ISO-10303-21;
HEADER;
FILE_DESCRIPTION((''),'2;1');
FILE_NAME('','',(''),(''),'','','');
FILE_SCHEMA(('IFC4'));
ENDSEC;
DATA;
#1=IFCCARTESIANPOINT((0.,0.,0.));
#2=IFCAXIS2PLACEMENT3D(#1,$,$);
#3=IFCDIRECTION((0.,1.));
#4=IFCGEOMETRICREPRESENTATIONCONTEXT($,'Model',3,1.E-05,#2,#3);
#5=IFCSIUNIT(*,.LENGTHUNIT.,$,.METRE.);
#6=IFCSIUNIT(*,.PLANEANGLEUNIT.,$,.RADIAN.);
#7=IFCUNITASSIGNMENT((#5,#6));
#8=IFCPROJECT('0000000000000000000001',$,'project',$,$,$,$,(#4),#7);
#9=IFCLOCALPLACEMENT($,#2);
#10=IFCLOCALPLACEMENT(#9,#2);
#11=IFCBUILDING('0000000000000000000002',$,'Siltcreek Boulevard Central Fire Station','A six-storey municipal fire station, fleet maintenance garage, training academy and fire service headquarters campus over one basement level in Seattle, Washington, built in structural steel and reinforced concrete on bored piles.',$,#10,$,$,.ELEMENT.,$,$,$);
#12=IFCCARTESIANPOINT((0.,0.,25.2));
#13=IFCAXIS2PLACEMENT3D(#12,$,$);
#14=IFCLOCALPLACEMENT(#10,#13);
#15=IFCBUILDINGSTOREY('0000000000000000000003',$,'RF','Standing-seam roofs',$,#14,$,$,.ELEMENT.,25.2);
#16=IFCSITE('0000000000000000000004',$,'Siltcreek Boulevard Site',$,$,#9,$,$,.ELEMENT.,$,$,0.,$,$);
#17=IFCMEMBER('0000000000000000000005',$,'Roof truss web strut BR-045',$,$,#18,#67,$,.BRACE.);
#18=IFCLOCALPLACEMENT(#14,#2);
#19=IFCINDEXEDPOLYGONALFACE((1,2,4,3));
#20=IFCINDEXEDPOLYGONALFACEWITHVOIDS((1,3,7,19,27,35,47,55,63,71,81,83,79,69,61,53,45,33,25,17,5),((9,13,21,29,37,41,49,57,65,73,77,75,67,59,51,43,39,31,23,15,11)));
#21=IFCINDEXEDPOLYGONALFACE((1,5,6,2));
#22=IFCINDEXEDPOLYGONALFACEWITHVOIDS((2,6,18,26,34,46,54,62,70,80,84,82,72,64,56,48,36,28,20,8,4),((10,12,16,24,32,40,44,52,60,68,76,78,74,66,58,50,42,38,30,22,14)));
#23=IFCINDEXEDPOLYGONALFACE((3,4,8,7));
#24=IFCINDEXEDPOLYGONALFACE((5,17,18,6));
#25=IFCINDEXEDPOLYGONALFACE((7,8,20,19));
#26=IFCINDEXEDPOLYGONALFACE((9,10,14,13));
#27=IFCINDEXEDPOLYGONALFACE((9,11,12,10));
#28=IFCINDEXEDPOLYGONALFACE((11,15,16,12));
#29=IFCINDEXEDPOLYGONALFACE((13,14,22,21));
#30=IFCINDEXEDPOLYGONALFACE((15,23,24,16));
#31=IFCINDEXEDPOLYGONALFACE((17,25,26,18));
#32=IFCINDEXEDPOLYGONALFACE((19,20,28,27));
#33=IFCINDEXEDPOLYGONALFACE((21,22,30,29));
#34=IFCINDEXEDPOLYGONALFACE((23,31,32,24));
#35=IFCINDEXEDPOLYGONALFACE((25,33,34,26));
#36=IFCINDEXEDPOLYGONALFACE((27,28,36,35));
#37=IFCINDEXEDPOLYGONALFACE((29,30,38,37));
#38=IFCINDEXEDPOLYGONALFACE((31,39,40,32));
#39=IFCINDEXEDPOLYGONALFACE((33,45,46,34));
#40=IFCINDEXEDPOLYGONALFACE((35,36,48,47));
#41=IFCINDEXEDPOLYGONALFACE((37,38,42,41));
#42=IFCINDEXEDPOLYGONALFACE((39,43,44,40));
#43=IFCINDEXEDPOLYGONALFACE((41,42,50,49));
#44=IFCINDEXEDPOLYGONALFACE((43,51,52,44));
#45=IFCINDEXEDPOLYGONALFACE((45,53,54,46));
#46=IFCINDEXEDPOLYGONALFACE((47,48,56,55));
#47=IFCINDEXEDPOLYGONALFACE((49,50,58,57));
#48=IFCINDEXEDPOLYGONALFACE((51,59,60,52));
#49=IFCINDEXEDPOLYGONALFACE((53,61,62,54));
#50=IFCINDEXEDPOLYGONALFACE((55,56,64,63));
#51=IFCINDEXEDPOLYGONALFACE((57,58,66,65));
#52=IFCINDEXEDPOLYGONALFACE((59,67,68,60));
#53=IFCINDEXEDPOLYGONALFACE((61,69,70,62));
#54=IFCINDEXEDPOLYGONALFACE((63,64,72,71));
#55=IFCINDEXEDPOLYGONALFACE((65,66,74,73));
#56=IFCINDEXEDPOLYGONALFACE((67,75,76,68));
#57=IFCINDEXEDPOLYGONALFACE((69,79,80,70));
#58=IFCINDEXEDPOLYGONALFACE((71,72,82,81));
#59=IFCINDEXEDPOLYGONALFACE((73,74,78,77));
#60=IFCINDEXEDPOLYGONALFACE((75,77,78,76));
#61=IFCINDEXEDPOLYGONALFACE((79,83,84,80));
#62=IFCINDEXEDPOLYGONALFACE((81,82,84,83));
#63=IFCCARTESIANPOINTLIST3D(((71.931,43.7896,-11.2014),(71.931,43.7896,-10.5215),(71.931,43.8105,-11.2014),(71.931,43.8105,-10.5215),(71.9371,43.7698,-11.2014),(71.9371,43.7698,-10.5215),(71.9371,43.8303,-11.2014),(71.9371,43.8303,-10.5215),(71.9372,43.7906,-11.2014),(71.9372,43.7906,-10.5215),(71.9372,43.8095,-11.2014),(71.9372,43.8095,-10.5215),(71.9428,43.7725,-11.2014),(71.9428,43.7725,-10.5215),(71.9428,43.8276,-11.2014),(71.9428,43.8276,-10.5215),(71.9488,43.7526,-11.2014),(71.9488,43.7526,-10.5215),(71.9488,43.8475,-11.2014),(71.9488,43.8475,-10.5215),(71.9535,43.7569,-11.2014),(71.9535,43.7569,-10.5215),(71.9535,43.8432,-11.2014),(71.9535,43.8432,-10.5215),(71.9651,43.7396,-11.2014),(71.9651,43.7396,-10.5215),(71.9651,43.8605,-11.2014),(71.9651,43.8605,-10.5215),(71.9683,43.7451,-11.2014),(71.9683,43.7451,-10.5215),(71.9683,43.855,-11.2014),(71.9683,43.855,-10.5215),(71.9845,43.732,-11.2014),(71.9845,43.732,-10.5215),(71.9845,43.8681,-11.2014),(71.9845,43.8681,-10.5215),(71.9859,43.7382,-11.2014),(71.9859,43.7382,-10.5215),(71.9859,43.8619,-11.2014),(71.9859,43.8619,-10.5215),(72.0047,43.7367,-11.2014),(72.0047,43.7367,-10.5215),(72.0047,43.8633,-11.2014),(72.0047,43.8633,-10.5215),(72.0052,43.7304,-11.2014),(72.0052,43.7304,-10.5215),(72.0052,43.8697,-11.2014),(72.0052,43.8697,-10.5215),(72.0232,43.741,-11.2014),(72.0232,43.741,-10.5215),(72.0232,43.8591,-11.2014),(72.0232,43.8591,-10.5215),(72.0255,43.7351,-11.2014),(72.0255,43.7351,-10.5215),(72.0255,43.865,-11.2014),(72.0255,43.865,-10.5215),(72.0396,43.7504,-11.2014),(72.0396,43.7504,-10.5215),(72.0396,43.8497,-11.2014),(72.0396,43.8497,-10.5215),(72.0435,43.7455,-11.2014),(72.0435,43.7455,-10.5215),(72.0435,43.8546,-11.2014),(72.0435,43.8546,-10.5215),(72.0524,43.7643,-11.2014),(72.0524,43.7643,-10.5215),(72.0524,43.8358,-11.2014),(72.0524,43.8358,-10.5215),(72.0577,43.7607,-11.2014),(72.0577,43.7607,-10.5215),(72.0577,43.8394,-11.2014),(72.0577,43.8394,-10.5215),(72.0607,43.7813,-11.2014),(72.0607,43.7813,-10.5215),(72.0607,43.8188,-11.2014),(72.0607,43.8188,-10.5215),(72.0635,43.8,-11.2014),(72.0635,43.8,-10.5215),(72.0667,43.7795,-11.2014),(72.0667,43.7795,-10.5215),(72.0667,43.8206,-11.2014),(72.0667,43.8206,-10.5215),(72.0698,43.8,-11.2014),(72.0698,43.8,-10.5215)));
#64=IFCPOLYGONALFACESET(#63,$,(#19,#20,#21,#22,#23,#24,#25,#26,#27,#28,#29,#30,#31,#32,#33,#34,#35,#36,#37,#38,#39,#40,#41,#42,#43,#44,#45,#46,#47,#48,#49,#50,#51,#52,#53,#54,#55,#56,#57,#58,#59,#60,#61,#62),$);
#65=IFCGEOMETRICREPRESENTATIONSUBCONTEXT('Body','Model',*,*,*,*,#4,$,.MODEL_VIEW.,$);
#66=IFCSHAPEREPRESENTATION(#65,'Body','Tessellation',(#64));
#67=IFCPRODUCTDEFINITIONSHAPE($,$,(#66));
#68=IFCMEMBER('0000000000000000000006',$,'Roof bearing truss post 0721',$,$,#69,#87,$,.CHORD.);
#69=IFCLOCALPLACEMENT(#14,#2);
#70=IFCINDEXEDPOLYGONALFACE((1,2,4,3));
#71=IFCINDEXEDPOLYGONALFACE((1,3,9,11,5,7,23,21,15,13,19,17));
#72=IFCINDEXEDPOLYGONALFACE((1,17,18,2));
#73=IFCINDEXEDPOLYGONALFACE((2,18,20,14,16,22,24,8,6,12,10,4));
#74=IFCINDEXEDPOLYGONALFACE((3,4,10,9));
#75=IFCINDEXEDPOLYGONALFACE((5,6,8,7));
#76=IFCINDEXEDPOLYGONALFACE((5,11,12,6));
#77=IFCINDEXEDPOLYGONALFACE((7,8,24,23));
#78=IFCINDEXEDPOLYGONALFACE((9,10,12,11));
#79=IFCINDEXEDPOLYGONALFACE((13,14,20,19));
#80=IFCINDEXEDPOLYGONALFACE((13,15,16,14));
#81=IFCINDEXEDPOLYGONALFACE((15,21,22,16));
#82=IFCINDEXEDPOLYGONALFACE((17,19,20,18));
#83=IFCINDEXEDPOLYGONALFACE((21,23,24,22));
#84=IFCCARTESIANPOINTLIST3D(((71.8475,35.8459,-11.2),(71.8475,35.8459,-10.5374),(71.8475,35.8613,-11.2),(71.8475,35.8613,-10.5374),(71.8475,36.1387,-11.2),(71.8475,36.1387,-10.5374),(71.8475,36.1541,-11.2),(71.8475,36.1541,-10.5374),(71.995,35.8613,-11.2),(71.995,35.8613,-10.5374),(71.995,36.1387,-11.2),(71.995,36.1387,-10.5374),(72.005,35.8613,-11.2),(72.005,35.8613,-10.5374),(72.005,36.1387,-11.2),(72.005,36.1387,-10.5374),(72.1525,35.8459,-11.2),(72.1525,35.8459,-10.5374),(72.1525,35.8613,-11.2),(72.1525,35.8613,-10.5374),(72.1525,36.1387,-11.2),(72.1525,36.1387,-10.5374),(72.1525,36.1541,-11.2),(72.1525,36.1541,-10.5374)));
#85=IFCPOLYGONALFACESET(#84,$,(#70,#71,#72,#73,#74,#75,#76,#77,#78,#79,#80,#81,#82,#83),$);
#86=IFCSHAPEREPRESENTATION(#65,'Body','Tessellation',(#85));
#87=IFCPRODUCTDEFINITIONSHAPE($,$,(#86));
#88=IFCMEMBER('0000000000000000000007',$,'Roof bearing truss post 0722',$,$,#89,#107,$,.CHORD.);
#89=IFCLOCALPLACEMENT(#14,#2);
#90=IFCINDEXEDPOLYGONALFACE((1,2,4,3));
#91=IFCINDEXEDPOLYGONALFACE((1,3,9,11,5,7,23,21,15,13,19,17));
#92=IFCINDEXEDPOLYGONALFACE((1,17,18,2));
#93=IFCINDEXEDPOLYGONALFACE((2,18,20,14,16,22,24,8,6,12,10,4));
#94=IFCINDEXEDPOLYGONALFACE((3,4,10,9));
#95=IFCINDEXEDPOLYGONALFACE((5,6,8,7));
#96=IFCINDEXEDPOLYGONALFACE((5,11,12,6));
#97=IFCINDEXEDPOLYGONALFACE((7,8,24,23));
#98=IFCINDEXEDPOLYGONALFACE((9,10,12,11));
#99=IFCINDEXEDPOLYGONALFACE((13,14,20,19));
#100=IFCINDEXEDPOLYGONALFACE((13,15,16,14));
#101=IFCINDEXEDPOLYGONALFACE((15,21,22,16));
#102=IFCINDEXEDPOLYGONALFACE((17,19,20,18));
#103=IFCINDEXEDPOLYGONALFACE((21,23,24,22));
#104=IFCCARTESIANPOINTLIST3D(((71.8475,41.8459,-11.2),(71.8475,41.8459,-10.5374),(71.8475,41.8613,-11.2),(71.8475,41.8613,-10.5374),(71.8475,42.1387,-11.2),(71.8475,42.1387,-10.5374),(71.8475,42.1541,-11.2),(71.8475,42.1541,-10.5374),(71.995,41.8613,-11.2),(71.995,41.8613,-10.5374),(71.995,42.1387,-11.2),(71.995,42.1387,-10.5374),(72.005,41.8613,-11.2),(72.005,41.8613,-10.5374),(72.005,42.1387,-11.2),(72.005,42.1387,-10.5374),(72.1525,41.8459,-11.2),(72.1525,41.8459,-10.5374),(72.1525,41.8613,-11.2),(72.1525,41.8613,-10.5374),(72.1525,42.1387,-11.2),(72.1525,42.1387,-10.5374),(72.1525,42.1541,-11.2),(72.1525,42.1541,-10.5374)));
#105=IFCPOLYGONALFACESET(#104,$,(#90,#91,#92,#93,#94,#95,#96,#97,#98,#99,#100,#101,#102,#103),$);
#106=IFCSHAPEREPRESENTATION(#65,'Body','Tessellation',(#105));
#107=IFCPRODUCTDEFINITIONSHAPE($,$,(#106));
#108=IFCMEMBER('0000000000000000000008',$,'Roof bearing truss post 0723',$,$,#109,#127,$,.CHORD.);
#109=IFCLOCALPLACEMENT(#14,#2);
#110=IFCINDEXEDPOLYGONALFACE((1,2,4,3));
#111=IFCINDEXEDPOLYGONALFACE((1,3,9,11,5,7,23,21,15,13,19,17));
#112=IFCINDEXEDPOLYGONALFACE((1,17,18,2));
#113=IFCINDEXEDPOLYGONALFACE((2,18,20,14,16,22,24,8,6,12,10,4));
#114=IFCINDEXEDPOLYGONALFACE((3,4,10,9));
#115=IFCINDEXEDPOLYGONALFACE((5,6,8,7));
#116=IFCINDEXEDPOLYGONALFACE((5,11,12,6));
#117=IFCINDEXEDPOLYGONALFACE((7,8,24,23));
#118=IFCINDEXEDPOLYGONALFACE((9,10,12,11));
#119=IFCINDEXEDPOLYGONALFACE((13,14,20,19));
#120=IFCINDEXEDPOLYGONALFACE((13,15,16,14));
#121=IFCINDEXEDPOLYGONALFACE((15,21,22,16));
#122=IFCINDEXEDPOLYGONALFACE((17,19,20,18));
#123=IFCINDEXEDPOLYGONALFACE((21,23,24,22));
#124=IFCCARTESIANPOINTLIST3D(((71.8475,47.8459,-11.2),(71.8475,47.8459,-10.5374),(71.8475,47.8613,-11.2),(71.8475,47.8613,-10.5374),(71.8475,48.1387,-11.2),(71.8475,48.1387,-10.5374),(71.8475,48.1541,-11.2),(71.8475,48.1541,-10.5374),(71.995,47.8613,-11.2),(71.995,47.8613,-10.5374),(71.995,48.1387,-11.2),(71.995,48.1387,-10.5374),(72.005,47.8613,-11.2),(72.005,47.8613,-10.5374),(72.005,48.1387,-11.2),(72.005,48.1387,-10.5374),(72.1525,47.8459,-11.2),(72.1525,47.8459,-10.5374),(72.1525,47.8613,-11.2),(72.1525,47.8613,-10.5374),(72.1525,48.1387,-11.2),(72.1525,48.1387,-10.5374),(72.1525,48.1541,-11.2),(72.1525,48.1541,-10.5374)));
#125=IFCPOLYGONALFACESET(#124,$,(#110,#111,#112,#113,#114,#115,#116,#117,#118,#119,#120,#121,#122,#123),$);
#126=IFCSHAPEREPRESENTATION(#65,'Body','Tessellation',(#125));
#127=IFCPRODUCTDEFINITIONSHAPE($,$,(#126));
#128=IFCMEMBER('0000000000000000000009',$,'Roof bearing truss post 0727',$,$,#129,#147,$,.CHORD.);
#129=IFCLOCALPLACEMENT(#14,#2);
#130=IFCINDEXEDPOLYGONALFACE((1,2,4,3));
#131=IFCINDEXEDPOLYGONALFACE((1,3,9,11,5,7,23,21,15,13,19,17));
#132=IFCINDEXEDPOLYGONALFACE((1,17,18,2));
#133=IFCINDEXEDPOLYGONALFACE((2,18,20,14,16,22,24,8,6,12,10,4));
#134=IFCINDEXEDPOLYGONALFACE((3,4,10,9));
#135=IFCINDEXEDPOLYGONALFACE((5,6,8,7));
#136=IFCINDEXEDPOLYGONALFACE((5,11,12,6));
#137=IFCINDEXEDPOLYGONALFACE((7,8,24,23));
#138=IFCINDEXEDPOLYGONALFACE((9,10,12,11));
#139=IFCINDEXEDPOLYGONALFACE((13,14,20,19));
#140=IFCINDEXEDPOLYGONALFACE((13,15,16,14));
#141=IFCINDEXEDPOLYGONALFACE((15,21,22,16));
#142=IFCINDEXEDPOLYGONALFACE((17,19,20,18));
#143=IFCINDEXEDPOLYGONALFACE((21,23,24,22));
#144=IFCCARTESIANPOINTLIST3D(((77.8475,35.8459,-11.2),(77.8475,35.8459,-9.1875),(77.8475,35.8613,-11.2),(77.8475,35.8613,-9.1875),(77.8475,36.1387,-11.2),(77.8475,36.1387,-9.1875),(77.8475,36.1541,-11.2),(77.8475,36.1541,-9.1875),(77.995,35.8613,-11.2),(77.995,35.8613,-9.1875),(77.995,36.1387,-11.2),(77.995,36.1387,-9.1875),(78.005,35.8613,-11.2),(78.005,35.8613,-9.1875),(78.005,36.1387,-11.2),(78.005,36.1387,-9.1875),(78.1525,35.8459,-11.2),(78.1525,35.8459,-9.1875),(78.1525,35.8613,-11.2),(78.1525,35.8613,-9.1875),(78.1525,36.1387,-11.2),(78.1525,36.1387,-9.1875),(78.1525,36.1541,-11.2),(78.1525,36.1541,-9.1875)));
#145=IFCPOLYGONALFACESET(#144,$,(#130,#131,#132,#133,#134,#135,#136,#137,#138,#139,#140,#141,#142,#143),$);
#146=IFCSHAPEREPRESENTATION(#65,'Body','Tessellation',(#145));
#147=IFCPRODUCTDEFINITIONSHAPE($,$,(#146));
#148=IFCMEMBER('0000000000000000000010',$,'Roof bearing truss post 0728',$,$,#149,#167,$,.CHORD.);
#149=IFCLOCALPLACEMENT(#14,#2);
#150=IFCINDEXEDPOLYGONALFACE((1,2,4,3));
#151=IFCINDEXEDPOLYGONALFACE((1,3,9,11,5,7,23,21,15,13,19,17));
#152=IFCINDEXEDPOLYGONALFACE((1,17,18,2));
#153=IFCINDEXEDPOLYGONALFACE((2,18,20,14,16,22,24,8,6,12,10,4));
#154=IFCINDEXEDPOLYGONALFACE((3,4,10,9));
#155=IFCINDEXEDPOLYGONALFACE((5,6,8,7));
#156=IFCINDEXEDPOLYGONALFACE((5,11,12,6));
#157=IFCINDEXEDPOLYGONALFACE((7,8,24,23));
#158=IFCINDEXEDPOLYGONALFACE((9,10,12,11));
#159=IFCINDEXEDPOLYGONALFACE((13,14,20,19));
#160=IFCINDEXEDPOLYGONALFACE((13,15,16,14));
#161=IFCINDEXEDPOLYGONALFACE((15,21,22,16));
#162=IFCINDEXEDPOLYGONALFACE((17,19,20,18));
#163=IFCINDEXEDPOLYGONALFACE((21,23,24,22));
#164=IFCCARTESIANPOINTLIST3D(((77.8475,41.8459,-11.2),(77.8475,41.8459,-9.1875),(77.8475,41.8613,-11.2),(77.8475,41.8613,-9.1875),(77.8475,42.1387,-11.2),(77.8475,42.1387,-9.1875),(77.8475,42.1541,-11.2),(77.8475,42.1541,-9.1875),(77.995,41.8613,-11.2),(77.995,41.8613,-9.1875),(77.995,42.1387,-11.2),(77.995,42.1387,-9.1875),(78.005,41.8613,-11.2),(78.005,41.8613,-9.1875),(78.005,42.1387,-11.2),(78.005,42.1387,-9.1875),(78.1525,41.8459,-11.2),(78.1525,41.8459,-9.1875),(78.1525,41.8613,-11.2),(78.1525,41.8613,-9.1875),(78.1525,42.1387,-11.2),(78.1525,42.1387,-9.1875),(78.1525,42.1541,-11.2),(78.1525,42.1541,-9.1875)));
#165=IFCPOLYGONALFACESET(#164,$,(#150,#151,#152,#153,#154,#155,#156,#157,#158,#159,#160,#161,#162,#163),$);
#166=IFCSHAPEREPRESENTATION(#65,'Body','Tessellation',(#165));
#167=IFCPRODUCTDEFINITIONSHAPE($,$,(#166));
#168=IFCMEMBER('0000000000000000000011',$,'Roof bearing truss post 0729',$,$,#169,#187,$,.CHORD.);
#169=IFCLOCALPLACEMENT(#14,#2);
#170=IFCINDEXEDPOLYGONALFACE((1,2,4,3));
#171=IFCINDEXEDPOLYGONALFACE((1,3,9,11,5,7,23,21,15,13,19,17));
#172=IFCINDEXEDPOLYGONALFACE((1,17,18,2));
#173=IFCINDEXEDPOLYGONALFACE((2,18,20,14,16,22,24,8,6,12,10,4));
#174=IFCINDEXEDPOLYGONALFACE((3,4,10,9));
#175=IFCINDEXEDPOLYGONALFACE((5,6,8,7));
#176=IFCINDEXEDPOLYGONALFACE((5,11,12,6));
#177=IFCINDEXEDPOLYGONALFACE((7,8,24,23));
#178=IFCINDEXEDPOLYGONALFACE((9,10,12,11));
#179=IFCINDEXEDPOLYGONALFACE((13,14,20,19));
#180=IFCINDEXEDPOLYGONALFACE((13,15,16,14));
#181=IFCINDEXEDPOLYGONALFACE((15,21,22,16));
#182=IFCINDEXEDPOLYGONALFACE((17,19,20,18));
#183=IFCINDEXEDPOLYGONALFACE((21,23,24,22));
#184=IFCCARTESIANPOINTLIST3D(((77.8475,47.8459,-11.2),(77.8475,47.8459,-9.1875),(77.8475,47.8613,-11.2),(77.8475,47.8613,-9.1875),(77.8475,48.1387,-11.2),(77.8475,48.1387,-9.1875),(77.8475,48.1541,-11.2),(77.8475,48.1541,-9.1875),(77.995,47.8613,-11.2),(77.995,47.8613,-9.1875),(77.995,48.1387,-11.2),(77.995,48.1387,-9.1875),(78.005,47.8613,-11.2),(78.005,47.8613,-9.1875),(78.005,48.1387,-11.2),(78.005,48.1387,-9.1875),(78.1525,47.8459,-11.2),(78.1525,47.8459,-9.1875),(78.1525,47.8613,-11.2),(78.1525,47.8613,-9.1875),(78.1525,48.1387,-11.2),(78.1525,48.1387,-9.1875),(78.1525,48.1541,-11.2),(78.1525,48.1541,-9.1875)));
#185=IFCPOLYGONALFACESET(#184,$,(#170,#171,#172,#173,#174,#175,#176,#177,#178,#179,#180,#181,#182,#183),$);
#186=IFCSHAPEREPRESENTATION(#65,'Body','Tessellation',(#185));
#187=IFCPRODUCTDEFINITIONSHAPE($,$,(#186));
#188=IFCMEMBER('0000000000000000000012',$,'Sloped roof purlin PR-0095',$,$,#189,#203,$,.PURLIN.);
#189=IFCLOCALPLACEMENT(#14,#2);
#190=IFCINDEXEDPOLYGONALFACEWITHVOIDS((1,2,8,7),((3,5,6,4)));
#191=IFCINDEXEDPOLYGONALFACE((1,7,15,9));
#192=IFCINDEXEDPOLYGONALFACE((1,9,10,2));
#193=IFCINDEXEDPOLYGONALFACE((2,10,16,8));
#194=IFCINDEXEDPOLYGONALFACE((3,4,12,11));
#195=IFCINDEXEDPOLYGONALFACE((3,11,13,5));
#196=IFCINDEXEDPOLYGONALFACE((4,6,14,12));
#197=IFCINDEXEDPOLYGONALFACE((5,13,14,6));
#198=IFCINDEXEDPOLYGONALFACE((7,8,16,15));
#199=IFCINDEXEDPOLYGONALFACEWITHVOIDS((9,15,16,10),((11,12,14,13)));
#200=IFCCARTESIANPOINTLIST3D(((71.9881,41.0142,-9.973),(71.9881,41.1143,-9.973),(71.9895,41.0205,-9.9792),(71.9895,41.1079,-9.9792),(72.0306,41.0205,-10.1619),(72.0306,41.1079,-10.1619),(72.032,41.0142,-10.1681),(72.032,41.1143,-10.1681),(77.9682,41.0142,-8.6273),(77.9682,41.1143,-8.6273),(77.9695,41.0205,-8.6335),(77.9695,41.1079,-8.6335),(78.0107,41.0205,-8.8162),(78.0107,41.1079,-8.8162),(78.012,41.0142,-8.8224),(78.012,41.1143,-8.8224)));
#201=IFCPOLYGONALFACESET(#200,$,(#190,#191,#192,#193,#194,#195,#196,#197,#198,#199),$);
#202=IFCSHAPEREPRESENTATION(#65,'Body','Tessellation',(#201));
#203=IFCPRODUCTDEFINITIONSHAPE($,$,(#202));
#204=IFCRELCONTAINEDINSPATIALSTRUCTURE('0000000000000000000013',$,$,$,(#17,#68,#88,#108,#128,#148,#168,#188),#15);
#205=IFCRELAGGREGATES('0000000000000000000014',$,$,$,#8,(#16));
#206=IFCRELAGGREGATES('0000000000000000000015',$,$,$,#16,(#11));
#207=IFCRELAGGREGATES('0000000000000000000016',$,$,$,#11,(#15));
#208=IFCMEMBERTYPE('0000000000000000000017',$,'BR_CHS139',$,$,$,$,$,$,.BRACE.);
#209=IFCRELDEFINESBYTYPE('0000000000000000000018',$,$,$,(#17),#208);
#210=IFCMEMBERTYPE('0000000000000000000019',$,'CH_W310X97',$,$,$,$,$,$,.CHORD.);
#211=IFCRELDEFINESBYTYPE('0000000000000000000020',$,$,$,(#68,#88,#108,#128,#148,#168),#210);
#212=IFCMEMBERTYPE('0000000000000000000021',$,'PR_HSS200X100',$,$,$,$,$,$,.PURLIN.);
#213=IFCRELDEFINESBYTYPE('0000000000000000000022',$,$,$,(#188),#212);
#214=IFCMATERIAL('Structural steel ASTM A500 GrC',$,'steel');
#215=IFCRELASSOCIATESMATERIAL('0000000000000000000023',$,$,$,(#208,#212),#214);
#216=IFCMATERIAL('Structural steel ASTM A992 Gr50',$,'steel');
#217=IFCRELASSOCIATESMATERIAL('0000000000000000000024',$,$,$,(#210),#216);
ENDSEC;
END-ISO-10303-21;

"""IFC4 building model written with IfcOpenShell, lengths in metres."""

from ifc_helpers import new_model, si_unit, direction, frame, origin, origin_2d, place, context, subcontext, project, spatial, hollow_rectangle, hollow_circle, i_section, extrude, material, material_profile, profile_set, type_object, element, save


model = new_model("IFC4")

# Units and contexts
model_context = context("Model", 3, precision=1e-05, world=origin(), true_north=direction((0.0, 1.0)))
body_context = subcontext(model_context, "Body", "Model", "MODEL_VIEW")
ifc_project = project(units=[si_unit("LENGTHUNIT", "METRE"), si_unit("PLANEANGLEUNIT", "RADIAN")], contexts=[model_context])

# Site, building, storey
site_placement = place(None, origin())
site = spatial("IfcSite", under=ifc_project, at=site_placement, Name="Siltcreek Boulevard Site", CompositionType="ELEMENT", RefElevation=0.0)
building_placement = place(site_placement, origin())
building = spatial("IfcBuilding", under=site, at=building_placement, Name="Siltcreek Boulevard Central Fire Station", Description="A six-storey municipal fire station, fleet maintenance garage, training academy and fire service headquarters campus over one basement level in Seattle, Washington, built in structural steel and reinforced concrete on bored piles.", CompositionType="ELEMENT")
storey_placement = place(building_placement, frame((0.0, 0.0, 25.2)))
storey = spatial("IfcBuildingStorey", under=building, at=storey_placement, Name="RF", Description="Standing-seam roofs", CompositionType="ELEMENT", Elevation=25.2)

# Members
ifc_material_1 = material(Name="Structural steel ASTM A500 GrC", Category="steel")
ifc_material_profile_1 = material_profile(ifc_material_1, hollow_circle(Radius=0.0698, WallThickness=0.0063, at=origin_2d()), Name="HSS139.7X6.4")
ifc_profile_set_1 = profile_set([ifc_material_profile_1], Name="Structural steel ASTM A500 GrC")
member_type_1 = type_object("IfcMemberType", Name="BR_CHS139", PredefinedType="BRACE", material=ifc_profile_set_1)
member_placement = place(storey_placement, frame((72.0, 43.8, -11.2014), z_axis=(0.0, 0.0, 1.0), x_axis=(1.0, 0.0, 0.0)))
element("IfcMember", 1, at=member_placement, inside=storey, type_object=member_type_1, Name="Roof truss web strut BR-045", PredefinedType="BRACE", context=body_context, shape_type="SweptSolid", body=[
    extrude(hollow_circle(Radius=0.0698, WallThickness=0.0063, at=origin_2d()), origin(), (0.0, 0.0, 1.0), 0.6799),
])
ifc_material_2 = material(Name="Structural steel ASTM A992 Gr50", Category="steel")
ifc_material_profile_2 = material_profile(ifc_material_2, i_section(OverallWidth=0.3049, OverallDepth=0.3081, WebThickness=0.01, FlangeThickness=0.0154, at=origin_2d()), Name="W310X97")
ifc_profile_set_2 = profile_set([ifc_material_profile_2], Name="Structural steel ASTM A992 Gr50")
member_type_2 = type_object("IfcMemberType", Name="CH_W310X97", PredefinedType="CHORD", material=ifc_profile_set_2)
for number, where, z_axis, x_axis, name in (
    (2, (72.0, 36.0, -11.2), (0.0, 0.0, 1.0), (1.0, 0.0, 0.0), "Roof bearing truss post 0721"),
    (3, (72.0, 42.0, -11.2), (0.0, 0.0, 1.0), (1.0, 0.0, 0.0), "Roof bearing truss post 0722"),
    (4, (72.0, 48.0, -11.2), (0.0, 0.0, 1.0), (1.0, 0.0, 0.0), "Roof bearing truss post 0723"),
):
    element("IfcMember", number, at=place(storey_placement, frame(where, z_axis=z_axis, x_axis=x_axis)), inside=storey, type_object=member_type_2, Name=name, PredefinedType="CHORD", context=body_context, shape_type="SweptSolid", body=[
        extrude(i_section(OverallWidth=0.3049, OverallDepth=0.3081, WebThickness=0.01, FlangeThickness=0.0154, at=origin_2d()), origin(), (0.0, 0.0, 1.0), 0.6626),
    ])
for number, where, z_axis, x_axis, name in (
    (5, (78.0, 36.0, -11.2), (0.0, 0.0, 1.0), (1.0, 0.0, 0.0), "Roof bearing truss post 0727"),
    (6, (78.0, 42.0, -11.2), (0.0, 0.0, 1.0), (1.0, 0.0, 0.0), "Roof bearing truss post 0728"),
    (7, (78.0, 48.0, -11.2), (0.0, 0.0, 1.0), (1.0, 0.0, 0.0), "Roof bearing truss post 0729"),
):
    element("IfcMember", number, at=place(storey_placement, frame(where, z_axis=z_axis, x_axis=x_axis)), inside=storey, type_object=member_type_2, Name=name, PredefinedType="CHORD", context=body_context, shape_type="SweptSolid", body=[
        extrude(i_section(OverallWidth=0.3049, OverallDepth=0.3081, WebThickness=0.01, FlangeThickness=0.0154, at=origin_2d()), origin(), (0.0, 0.0, 1.0), 2.0125),
    ])
ifc_material_profile_3 = material_profile(ifc_material_1, hollow_rectangle(XDim=0.1001, YDim=0.2, WallThickness=0.0063, at=origin_2d()), Name="HSS200X100X6.4")
ifc_profile_set_3 = profile_set([ifc_material_profile_3], Name="Structural steel ASTM A500 GrC")
member_type_3 = type_object("IfcMemberType", Name="PR_HSS200X100", PredefinedType="PURLIN", material=ifc_profile_set_3)
for number, where, z_axis, x_axis, name in (
    (8, (72.01, 41.0642, -10.0706), (0.975603, 0.0, 0.219544), (0.0, 1.0, 0.0), "Sloped roof purlin PR-0095"),
):
    element("IfcMember", number, at=place(storey_placement, frame(where, z_axis=z_axis, x_axis=x_axis)), inside=storey, type_object=member_type_3, Name=name, PredefinedType="PURLIN", context=body_context, shape_type="SweptSolid", body=[
        extrude(hollow_rectangle(XDim=0.1001, YDim=0.2, WallThickness=0.0063, at=origin_2d()), origin(), (0.0, 0.0, 1.0), 6.1296),
    ])

save(model, "model.ifc")
